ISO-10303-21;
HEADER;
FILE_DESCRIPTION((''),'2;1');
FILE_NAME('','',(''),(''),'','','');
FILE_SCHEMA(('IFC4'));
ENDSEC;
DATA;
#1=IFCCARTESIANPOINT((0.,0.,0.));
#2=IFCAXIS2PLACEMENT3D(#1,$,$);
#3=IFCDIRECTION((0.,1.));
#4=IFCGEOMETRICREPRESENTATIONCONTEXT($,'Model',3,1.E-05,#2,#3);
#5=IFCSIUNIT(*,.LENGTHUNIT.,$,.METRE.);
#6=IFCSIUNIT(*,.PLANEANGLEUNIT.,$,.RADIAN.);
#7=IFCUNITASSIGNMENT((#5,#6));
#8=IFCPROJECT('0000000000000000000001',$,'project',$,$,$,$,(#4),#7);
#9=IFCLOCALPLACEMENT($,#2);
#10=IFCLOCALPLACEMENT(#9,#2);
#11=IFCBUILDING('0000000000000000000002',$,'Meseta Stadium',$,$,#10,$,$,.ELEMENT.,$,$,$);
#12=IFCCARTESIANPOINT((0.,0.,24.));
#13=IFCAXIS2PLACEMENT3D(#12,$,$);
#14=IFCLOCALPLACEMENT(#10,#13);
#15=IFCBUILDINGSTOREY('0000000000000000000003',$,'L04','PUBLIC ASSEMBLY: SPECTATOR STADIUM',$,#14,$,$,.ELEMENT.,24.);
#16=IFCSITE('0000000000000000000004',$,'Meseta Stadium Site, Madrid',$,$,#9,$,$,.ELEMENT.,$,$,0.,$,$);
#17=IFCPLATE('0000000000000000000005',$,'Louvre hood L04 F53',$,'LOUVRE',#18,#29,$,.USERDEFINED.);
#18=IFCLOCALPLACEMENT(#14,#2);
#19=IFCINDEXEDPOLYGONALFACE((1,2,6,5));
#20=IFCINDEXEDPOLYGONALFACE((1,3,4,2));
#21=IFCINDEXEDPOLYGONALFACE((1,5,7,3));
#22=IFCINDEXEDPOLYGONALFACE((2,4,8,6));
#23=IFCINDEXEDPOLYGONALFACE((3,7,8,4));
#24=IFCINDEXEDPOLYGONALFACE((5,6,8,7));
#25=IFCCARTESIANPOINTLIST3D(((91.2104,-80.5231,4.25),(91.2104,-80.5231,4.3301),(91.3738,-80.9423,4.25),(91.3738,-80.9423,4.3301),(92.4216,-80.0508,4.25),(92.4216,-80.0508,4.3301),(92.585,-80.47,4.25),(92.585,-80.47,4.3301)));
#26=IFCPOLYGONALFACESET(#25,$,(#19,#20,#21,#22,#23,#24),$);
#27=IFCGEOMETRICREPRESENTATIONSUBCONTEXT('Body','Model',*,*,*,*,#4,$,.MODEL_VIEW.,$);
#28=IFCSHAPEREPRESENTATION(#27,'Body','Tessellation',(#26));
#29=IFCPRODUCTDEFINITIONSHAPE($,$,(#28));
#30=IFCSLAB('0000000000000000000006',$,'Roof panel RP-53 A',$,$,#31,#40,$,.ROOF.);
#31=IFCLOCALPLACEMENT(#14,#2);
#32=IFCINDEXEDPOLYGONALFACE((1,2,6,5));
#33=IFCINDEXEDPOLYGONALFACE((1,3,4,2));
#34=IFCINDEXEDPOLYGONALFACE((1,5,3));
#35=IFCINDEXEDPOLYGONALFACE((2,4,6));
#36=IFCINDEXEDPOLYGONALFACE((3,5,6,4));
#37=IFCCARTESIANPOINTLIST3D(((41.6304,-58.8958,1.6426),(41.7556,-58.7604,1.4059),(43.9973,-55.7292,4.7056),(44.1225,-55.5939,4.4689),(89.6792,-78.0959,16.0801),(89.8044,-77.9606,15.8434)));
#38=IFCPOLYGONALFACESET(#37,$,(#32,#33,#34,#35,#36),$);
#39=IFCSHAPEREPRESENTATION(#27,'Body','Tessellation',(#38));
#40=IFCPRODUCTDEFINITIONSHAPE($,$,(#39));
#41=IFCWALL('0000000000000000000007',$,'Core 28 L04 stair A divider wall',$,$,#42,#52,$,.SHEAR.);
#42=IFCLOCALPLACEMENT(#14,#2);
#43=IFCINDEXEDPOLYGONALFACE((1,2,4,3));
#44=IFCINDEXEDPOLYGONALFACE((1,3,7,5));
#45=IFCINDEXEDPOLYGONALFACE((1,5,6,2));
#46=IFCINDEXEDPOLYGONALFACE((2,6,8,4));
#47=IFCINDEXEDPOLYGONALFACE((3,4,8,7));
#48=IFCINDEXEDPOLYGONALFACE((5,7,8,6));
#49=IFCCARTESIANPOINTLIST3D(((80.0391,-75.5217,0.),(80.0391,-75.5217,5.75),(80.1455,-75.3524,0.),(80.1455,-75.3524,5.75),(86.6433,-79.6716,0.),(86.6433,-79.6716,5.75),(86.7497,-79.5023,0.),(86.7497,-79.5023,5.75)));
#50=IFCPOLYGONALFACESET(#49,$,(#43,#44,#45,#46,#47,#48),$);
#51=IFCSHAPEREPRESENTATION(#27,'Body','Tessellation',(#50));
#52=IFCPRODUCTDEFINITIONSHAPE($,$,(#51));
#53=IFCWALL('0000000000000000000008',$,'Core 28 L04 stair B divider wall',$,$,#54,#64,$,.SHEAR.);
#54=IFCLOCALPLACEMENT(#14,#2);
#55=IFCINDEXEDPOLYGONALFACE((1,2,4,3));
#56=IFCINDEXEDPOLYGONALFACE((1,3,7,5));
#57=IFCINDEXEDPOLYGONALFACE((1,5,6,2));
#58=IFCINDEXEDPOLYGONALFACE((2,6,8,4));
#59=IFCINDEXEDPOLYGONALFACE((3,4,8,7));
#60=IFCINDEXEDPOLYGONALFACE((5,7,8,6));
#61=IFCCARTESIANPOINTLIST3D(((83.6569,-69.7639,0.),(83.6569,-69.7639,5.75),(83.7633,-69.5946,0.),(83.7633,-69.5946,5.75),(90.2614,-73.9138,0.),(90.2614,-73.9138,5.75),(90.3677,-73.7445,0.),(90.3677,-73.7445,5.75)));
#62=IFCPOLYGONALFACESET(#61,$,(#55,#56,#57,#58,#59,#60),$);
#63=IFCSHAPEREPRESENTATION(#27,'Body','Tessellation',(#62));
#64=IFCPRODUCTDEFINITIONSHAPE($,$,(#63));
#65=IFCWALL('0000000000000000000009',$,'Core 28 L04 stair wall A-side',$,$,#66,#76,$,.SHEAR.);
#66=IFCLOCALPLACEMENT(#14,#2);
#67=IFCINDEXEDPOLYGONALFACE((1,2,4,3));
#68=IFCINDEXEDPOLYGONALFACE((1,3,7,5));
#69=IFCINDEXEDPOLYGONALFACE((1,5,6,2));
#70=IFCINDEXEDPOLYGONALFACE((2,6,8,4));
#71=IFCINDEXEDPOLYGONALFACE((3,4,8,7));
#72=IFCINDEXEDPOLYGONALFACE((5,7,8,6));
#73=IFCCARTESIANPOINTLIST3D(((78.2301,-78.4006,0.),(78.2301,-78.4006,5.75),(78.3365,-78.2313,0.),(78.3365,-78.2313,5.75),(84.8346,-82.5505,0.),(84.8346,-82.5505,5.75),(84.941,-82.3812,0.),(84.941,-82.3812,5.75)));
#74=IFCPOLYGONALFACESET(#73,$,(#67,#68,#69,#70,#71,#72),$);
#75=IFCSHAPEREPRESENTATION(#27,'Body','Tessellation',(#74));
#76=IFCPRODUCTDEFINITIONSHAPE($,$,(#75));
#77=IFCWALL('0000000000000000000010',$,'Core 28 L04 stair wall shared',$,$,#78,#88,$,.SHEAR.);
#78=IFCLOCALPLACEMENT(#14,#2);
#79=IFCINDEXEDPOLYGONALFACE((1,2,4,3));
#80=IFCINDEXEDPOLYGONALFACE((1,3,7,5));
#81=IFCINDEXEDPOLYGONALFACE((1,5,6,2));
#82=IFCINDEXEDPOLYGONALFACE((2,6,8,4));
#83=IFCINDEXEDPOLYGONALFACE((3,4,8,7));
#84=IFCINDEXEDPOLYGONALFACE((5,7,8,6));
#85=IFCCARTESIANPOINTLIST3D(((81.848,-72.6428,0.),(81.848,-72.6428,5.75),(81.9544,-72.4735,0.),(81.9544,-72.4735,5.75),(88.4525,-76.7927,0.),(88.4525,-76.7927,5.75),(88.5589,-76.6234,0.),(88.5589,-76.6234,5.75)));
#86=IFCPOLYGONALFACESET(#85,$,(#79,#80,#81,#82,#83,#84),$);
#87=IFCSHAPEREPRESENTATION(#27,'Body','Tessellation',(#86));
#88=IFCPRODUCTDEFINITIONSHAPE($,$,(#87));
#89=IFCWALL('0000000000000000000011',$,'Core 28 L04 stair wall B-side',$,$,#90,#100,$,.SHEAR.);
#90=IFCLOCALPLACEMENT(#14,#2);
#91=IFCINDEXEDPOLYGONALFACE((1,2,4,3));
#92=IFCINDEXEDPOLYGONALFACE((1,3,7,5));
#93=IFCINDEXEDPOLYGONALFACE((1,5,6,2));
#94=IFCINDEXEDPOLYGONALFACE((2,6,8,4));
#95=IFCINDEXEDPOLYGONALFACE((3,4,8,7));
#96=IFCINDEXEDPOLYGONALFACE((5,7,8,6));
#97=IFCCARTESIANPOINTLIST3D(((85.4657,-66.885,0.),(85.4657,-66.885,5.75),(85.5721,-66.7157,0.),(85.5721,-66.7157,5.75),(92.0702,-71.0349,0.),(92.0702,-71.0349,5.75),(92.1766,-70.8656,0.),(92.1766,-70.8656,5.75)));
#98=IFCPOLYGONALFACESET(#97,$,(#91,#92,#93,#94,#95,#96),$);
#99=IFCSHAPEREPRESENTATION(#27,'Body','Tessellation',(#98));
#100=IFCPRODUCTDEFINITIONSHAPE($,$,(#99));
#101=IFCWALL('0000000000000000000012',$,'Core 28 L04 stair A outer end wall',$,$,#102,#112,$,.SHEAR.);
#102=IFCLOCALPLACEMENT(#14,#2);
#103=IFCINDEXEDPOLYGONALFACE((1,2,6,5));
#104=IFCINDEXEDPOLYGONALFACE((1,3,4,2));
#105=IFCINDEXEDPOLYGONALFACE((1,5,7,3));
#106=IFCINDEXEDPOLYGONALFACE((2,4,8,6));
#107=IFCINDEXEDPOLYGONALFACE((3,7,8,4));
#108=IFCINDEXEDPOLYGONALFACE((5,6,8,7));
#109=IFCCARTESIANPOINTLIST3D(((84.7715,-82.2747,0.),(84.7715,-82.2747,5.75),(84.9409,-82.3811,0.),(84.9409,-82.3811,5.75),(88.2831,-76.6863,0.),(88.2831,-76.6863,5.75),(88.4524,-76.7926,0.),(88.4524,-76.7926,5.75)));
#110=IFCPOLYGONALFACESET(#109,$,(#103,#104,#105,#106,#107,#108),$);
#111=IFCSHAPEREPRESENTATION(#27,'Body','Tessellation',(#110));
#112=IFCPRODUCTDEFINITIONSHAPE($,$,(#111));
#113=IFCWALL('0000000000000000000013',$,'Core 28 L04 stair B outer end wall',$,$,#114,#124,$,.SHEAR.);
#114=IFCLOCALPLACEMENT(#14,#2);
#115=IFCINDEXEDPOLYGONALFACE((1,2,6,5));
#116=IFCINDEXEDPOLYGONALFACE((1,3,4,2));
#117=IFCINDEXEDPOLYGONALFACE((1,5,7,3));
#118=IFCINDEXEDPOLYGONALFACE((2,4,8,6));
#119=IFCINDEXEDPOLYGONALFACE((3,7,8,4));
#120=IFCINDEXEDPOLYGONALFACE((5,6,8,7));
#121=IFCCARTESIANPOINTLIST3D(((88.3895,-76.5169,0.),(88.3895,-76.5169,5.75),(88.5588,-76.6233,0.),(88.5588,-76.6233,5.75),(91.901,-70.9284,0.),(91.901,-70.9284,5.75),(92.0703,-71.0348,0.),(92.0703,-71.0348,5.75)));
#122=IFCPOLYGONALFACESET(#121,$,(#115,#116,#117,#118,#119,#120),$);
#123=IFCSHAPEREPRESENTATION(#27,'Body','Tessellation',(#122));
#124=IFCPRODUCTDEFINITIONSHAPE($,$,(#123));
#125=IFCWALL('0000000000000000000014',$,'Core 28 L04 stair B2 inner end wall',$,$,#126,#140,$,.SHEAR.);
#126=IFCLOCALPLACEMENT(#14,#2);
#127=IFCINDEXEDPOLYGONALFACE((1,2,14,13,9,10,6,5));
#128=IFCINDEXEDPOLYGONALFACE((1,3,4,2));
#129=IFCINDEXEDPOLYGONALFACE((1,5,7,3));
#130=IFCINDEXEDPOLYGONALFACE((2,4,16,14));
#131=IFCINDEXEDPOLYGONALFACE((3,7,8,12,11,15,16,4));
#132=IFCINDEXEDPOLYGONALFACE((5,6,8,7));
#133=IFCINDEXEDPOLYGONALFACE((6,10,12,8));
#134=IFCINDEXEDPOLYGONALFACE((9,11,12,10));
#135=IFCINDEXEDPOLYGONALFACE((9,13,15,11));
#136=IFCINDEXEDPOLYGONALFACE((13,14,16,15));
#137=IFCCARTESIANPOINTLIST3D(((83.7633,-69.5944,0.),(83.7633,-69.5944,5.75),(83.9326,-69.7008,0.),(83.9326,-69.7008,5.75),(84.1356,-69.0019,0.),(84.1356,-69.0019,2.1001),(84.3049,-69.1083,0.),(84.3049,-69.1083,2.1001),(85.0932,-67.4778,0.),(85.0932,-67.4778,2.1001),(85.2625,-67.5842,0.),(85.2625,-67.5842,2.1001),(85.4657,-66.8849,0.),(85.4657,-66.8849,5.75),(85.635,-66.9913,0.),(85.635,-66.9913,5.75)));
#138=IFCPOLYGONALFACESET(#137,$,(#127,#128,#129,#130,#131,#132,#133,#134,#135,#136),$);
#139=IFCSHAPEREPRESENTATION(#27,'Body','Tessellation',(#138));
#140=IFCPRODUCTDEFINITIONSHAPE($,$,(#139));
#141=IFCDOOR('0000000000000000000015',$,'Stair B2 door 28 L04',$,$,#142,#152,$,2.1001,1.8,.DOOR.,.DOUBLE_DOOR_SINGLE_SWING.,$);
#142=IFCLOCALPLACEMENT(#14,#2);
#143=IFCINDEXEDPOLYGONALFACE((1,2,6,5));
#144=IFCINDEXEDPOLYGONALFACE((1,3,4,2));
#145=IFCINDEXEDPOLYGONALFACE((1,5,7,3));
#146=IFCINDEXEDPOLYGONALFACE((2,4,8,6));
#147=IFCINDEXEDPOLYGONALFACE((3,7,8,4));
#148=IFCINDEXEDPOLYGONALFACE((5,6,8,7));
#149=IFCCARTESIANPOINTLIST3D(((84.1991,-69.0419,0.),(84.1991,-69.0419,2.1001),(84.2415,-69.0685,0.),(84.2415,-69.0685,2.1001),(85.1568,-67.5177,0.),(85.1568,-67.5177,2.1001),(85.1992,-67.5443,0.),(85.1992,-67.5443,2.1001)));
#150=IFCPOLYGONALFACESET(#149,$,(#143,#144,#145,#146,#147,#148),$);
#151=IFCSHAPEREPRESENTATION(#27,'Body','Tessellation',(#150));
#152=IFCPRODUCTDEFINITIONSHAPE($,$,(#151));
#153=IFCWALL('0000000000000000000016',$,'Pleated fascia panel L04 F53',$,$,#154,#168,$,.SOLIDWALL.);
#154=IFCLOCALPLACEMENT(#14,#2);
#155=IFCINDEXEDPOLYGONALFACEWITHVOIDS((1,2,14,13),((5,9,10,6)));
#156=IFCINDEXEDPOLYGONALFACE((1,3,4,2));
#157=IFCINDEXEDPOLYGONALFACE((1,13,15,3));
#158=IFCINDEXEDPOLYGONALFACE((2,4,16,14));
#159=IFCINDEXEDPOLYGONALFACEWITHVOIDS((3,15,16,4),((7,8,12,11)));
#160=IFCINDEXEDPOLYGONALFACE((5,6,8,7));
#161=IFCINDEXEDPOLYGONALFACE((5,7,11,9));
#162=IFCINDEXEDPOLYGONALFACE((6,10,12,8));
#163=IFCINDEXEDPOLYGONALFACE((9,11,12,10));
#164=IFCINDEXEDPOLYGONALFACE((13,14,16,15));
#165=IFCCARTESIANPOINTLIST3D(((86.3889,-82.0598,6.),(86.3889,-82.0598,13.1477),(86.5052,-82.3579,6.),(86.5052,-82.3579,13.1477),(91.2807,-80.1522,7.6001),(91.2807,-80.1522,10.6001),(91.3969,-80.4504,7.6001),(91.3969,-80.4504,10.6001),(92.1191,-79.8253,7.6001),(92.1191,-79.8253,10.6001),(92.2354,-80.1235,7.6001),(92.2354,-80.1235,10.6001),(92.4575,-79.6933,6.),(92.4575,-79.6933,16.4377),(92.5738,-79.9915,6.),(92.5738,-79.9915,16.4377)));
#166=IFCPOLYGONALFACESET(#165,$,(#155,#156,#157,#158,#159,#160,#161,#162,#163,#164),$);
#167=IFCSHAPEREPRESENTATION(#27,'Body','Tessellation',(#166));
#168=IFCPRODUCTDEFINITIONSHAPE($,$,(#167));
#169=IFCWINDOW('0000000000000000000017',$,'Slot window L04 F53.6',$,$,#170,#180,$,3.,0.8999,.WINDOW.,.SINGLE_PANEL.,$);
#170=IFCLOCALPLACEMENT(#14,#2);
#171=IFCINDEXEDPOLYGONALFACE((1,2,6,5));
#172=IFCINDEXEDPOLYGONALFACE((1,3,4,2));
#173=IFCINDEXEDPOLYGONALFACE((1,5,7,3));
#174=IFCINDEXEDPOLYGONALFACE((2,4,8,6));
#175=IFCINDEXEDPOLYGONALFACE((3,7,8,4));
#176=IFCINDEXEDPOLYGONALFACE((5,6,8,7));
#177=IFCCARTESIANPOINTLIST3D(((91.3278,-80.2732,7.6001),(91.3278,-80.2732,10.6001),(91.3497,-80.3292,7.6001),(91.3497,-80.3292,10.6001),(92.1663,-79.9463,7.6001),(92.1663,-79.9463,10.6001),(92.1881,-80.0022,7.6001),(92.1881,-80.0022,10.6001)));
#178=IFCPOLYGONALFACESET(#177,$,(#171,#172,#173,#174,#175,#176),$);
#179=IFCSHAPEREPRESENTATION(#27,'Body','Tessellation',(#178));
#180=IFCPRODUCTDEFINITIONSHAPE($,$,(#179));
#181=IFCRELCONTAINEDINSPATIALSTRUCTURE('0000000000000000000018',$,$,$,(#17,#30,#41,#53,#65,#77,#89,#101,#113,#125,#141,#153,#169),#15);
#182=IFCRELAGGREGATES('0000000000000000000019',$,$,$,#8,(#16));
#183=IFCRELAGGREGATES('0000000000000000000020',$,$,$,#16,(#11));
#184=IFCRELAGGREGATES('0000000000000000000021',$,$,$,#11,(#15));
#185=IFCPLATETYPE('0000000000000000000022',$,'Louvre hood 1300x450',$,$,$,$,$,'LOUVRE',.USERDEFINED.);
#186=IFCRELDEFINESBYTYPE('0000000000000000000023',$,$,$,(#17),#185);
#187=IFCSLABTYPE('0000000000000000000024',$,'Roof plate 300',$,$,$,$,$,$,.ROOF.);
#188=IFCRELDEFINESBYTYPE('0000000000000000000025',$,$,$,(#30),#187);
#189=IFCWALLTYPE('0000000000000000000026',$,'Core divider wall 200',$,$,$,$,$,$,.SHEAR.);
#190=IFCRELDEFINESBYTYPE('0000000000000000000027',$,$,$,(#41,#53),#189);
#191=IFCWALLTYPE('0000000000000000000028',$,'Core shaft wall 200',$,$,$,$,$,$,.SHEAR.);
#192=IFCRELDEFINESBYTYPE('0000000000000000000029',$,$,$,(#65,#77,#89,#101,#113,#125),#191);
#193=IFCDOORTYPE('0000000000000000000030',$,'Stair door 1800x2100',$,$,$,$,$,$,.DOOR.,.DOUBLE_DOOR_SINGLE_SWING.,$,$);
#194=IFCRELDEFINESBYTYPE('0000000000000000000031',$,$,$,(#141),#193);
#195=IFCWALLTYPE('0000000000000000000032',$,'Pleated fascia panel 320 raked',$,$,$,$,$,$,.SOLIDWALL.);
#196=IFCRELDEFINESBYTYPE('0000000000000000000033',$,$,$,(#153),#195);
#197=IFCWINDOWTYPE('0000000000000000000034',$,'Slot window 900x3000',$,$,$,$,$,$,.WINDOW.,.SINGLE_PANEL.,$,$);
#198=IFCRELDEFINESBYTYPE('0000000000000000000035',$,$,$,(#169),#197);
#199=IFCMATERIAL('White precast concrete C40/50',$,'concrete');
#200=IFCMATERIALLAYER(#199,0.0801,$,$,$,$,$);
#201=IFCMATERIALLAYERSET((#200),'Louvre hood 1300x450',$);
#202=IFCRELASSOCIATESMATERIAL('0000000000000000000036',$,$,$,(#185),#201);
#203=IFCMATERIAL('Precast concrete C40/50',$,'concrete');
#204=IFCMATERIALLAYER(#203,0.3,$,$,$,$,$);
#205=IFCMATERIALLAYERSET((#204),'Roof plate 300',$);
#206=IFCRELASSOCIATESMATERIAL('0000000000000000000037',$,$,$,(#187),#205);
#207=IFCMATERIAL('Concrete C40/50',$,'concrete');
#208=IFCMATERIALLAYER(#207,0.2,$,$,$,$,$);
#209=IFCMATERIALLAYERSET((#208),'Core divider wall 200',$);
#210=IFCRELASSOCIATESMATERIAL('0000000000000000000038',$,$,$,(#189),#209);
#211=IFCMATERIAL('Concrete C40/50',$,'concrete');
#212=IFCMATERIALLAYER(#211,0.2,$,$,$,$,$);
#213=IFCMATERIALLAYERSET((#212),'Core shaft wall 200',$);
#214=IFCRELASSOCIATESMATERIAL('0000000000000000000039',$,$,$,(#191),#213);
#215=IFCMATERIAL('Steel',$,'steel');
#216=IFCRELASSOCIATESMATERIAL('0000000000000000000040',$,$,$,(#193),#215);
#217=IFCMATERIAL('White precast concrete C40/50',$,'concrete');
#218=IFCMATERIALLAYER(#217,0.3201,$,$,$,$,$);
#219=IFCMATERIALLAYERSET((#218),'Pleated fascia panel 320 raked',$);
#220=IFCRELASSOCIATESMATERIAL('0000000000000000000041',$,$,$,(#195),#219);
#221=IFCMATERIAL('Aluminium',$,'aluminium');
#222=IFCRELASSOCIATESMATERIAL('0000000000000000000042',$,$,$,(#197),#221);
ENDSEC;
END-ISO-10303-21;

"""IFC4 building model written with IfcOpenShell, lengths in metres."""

from ifc_helpers import new_model, si_unit, direction, frame, frame_2d, origin, origin_2d, place, context, subcontext, project, spatial, polyline, rectangle, outline, extrude, material, layer, layer_set, type_object, element, fill, save


model = new_model("IFC4")

# Units and contexts
model_context = context("Model", 3, precision=1e-05, world=origin(), true_north=direction((0.0, 1.0)))
body_context = subcontext(model_context, "Body", "Model", "MODEL_VIEW")
ifc_project = project(units=[si_unit("LENGTHUNIT", "METRE"), si_unit("PLANEANGLEUNIT", "RADIAN")], contexts=[model_context])

# Site, building, storey
site_placement = place(None, origin())
site = spatial("IfcSite", under=ifc_project, at=site_placement, Name="Meseta Stadium Site, Madrid", CompositionType="ELEMENT", RefElevation=0.0)
building_placement = place(site_placement, origin())
building = spatial("IfcBuilding", under=site, at=building_placement, Name="Meseta Stadium", CompositionType="ELEMENT")
storey_placement = place(building_placement, frame((0.0, 0.0, 24.0)))
storey = spatial("IfcBuildingStorey", under=building, at=storey_placement, Name="L04", Description="PUBLIC ASSEMBLY: SPECTATOR STADIUM", CompositionType="ELEMENT", Elevation=24.0)

# Plate
ifc_material_1 = material(Name="White precast concrete C40/50", Category="concrete")
ifc_layer_1 = layer(ifc_material_1, 0.0801)
ifc_layer_set_1 = layer_set([ifc_layer_1], Name="Louvre hood 1300x450")
plate_type_1 = type_object("IfcPlateType", Name="Louvre hood 1300x450", ElementType="LOUVRE", PredefinedType="USERDEFINED", material=ifc_layer_set_1)
plate_1_placement = place(storey_placement, frame((91.8977, -80.4966, 4.25), z_axis=(0.0, 0.0, 1.0), x_axis=(0.93168, 0.36328, 0.0)))
element("IfcPlate", 1, at=plate_1_placement, inside=storey, type_object=plate_type_1, Name="Louvre hood L04 F53", ObjectType="LOUVRE", PredefinedType="USERDEFINED", context=body_context, shape_type="SweptSolid", body=[
    extrude(rectangle(XDim=1.3, YDim=0.45, at=origin_2d()), origin(), (0.0, 0.0, 1.0), 0.0801),
])

# Slab
ifc_material_2 = material(Name="Precast concrete C40/50", Category="concrete")
ifc_layer_2 = layer(ifc_material_2, 0.3)
ifc_layer_set_2 = layer_set([ifc_layer_2], Name="Roof plate 300")
slab_type = type_object("IfcSlabType", Name="Roof plate 300", PredefinedType="ROOF", material=ifc_layer_set_2)
slab_placement = place(storey_placement, frame((89.6792, -78.0959, 16.0801), z_axis=(-0.417313, -0.451144, 0.788872), x_axis=(-0.89444, 0.357416, -0.268757)))
element("IfcSlab", 2, at=slab_placement, inside=storey, type_object=slab_type, Name="Roof panel RP-53 A", PredefinedType="ROOF", context=body_context, shape_type="SweptSolid", body=[
    extrude(outline(polyline([(0.0, 0.0), (53.7194, 0.0), (51.9109, -4.6626), (0.0, 0.0)])), origin(), (0.0, 0.0, -1.0), 0.3),
])

# Walls
ifc_material_3 = material(Name="Concrete C40/50", Category="concrete")
ifc_layer_3 = layer(ifc_material_3, 0.2)
ifc_layer_set_3 = layer_set([ifc_layer_3], Name="Core divider wall 200")
wall_type_1 = type_object("IfcWallType", Name="Core divider wall 200", PredefinedType="SHEAR", material=ifc_layer_set_3)
wall_1_placement = place(storey_placement, frame((86.6965, -79.5869, 0.0), z_axis=(0.0, 0.0, 1.0), x_axis=(-0.846714, 0.532048, 0.0)))
element("IfcWall", 3, at=wall_1_placement, inside=storey, type_object=wall_type_1, Name="Core 28 L04 stair A divider wall", PredefinedType="SHEAR", context=body_context, shape_type="SweptSolid", body=[
    extrude(rectangle(XDim=7.7998, YDim=0.2, at=frame_2d((3.8999, 0.0))), origin(), (0.0, 0.0, 1.0), 5.75),
])
wall_2_placement = place(storey_placement, frame((90.3145, -73.8291, 0.0), z_axis=(0.0, 0.0, 1.0), x_axis=(-0.846723, 0.532034, 0.0)))
element("IfcWall", 4, at=wall_2_placement, inside=storey, type_object=wall_type_1, Name="Core 28 L04 stair B divider wall", PredefinedType="SHEAR", context=body_context, shape_type="SweptSolid", body=[
    extrude(rectangle(XDim=7.8, YDim=0.2, at=frame_2d((3.8999, 0.0))), origin(), (0.0, 0.0, 1.0), 5.75),
])
ifc_material_4 = material(Name="Concrete C40/50", Category="concrete")
ifc_layer_4 = layer(ifc_material_4, 0.2)
ifc_layer_set_4 = layer_set([ifc_layer_4], Name="Core shaft wall 200")
wall_type_2 = type_object("IfcWallType", Name="Core shaft wall 200", PredefinedType="SHEAR", material=ifc_layer_set_4)
for number, where, z_axis, x_axis, name in (
    (5, (84.8877, -82.4658, 0.0), (0.0, 0.0, 1.0), (-0.846723, 0.532034, 0.0), "Core 28 L04 stair wall A-side"),
    (6, (88.5056, -76.708, 0.0), (0.0, 0.0, 1.0), (-0.846723, 0.532034, 0.0), "Core 28 L04 stair wall shared"),
    (7, (92.1233, -70.9502, 0.0), (0.0, 0.0, 1.0), (-0.846723, 0.532034, 0.0), "Core 28 L04 stair wall B-side"),
):
    element("IfcWall", number, at=place(storey_placement, frame(where, z_axis=z_axis, x_axis=x_axis)), inside=storey, type_object=wall_type_2, Name=name, PredefinedType="SHEAR", context=body_context, shape_type="SweptSolid", body=[
        extrude(rectangle(XDim=7.8, YDim=0.2, at=frame_2d((3.8999, 0.0))), origin(), (0.0, 0.0, 1.0), 5.75),
    ])
for number, where, z_axis, x_axis, name in (
    (8, (84.8562, -82.3279, 0.0), (0.0, 0.0, 1.0), (0.532039, 0.84672, 0.0), "Core 28 L04 stair A outer end wall"),
    (9, (88.4741, -76.5701, 0.0), (0.0, 0.0, 1.0), (0.532039, 0.84672, 0.0), "Core 28 L04 stair B outer end wall"),
):
    element("IfcWall", number, at=place(storey_placement, frame(where, z_axis=z_axis, x_axis=x_axis)), inside=storey, type_object=wall_type_2, Name=name, PredefinedType="SHEAR", context=body_context, shape_type="SweptSolid", body=[
        extrude(rectangle(XDim=6.6001, YDim=0.2, at=frame_2d((3.3, 0.0))), origin(), (0.0, 0.0, 1.0), 5.75),
    ])

# Wall, opening, door
wall_3_placement = place(storey_placement, frame((83.8479, -69.6477, 0.0), z_axis=(0.0, 0.0, 1.0), x_axis=(0.532014, 0.846736, 0.0)))
wall_3 = element("IfcWall", 10, at=wall_3_placement, inside=storey, type_object=wall_type_2, Name="Core 28 L04 stair B2 inner end wall", PredefinedType="SHEAR", context=body_context, shape_type="SweptSolid", body=[
    extrude(rectangle(XDim=3.2, YDim=0.2, at=frame_2d((1.6001, 0.0))), origin(), (0.0, 0.0, 1.0), 5.75),
])
opening_1_placement = place(wall_3_placement, frame((0.7, 0.0, 0.0)))
opening_1 = element("IfcOpeningElement", 11, at=opening_1_placement, cuts=wall_3, PredefinedType="OPENING", context=body_context, shape_type="SweptSolid", body=[
    extrude(rectangle(XDim=1.8, YDim=2.1001, at=frame_2d((0.8999, 1.05))), frame((0.0, 0.1099, 0.0), z_axis=(0.0, -1.0, 0.0), x_axis=(1.0, 0.0, 0.0)), (0.0, 0.0, 1.0), 0.22),
])
ifc_material_5 = material(Name="Steel", Category="steel")
door_type = type_object("IfcDoorType", Name="Stair door 1800x2100", OperationType="DOUBLE_DOOR_SINGLE_SWING", PredefinedType="DOOR", material=ifc_material_5)
door_placement = place(opening_1_placement, origin())
door = element("IfcDoor", 12, at=door_placement, inside=storey, type_object=door_type, Name="Stair B2 door 28 L04", OperationType="DOUBLE_DOOR_SINGLE_SWING", OverallHeight=2.1001, OverallWidth=1.8, PredefinedType="DOOR", context=body_context, shape_type="SweptSolid", body=[
    extrude(rectangle(XDim=1.8, YDim=2.1001, at=frame_2d((0.8999, 1.05))), frame((0.0, 0.0249, 0.0), z_axis=(0.0, -1.0, 0.0), x_axis=(1.0, 0.0, 0.0)), (0.0, 0.0, 1.0), 0.05),
])
fill(opening_1, door)

# Wall, opening, window
ifc_material_6 = material(Name="White precast concrete C40/50", Category="concrete")
ifc_layer_5 = layer(ifc_material_6, 0.3201)
ifc_layer_set_5 = layer_set([ifc_layer_5], Name="Pleated fascia panel 320 raked")
wall_type_3 = type_object("IfcWallType", Name="Pleated fascia panel 320 raked", PredefinedType="SOLIDWALL", material=ifc_layer_set_5)
wall_4_placement = place(storey_placement, frame((92.5156, -79.8423, 6.0), z_axis=(0.0, 0.0, 1.0), x_axis=(-0.93167, -0.363305, 0.0)))
wall_4 = element("IfcWall", 13, at=wall_4_placement, inside=storey, type_object=wall_type_3, Name="Pleated fascia panel L04 F53", PredefinedType="SOLIDWALL", context=body_context, shape_type="SweptSolid", body=[
    extrude(outline(polyline([(0.0, 0.0), (6.5137, 0.0), (6.5137, 7.1477), (0.0, 10.4377), (0.0, 0.0)])), frame((0.0, 0.1602, 0.0), z_axis=(0.0, -1.0, 0.0), x_axis=(1.0, 0.0, 0.0)), (0.0, 0.0, 1.0), 0.3201),
])
opening_2_placement = place(wall_4_placement, frame((0.3633, 0.0, 1.6001)))
opening_2 = element("IfcOpeningElement", 14, at=opening_2_placement, cuts=wall_4, PredefinedType="OPENING", context=body_context, shape_type="SweptSolid", body=[
    extrude(rectangle(XDim=0.8999, YDim=3.0, at=frame_2d((0.45, 1.5))), frame((0.0, 0.1699, 0.0), z_axis=(0.0, -1.0, 0.0), x_axis=(1.0, 0.0, 0.0)), (0.0, 0.0, 1.0), 0.3401),
])
ifc_material_7 = material(Name="Aluminium", Category="aluminium")
window_type_1 = type_object("IfcWindowType", Name="Slot window 900x3000", PartitioningType="SINGLE_PANEL", PredefinedType="WINDOW", material=ifc_material_7)
window_1_placement = place(opening_2_placement, origin())
window_1 = element("IfcWindow", 15, at=window_1_placement, inside=storey, type_object=window_type_1, Name="Slot window L04 F53.6", OverallHeight=3.0, OverallWidth=0.8999, PartitioningType="SINGLE_PANEL", PredefinedType="WINDOW", context=body_context, shape_type="SweptSolid", body=[
    extrude(rectangle(XDim=0.8999, YDim=3.0, at=frame_2d((0.45, 1.5))), frame((0.0, 0.03, 0.0), z_axis=(0.0, -1.0, 0.0), x_axis=(1.0, 0.0, 0.0)), (0.0, 0.0, 1.0), 0.0601),
])
fill(opening_2, window_1)

save(model, "model.ifc")
